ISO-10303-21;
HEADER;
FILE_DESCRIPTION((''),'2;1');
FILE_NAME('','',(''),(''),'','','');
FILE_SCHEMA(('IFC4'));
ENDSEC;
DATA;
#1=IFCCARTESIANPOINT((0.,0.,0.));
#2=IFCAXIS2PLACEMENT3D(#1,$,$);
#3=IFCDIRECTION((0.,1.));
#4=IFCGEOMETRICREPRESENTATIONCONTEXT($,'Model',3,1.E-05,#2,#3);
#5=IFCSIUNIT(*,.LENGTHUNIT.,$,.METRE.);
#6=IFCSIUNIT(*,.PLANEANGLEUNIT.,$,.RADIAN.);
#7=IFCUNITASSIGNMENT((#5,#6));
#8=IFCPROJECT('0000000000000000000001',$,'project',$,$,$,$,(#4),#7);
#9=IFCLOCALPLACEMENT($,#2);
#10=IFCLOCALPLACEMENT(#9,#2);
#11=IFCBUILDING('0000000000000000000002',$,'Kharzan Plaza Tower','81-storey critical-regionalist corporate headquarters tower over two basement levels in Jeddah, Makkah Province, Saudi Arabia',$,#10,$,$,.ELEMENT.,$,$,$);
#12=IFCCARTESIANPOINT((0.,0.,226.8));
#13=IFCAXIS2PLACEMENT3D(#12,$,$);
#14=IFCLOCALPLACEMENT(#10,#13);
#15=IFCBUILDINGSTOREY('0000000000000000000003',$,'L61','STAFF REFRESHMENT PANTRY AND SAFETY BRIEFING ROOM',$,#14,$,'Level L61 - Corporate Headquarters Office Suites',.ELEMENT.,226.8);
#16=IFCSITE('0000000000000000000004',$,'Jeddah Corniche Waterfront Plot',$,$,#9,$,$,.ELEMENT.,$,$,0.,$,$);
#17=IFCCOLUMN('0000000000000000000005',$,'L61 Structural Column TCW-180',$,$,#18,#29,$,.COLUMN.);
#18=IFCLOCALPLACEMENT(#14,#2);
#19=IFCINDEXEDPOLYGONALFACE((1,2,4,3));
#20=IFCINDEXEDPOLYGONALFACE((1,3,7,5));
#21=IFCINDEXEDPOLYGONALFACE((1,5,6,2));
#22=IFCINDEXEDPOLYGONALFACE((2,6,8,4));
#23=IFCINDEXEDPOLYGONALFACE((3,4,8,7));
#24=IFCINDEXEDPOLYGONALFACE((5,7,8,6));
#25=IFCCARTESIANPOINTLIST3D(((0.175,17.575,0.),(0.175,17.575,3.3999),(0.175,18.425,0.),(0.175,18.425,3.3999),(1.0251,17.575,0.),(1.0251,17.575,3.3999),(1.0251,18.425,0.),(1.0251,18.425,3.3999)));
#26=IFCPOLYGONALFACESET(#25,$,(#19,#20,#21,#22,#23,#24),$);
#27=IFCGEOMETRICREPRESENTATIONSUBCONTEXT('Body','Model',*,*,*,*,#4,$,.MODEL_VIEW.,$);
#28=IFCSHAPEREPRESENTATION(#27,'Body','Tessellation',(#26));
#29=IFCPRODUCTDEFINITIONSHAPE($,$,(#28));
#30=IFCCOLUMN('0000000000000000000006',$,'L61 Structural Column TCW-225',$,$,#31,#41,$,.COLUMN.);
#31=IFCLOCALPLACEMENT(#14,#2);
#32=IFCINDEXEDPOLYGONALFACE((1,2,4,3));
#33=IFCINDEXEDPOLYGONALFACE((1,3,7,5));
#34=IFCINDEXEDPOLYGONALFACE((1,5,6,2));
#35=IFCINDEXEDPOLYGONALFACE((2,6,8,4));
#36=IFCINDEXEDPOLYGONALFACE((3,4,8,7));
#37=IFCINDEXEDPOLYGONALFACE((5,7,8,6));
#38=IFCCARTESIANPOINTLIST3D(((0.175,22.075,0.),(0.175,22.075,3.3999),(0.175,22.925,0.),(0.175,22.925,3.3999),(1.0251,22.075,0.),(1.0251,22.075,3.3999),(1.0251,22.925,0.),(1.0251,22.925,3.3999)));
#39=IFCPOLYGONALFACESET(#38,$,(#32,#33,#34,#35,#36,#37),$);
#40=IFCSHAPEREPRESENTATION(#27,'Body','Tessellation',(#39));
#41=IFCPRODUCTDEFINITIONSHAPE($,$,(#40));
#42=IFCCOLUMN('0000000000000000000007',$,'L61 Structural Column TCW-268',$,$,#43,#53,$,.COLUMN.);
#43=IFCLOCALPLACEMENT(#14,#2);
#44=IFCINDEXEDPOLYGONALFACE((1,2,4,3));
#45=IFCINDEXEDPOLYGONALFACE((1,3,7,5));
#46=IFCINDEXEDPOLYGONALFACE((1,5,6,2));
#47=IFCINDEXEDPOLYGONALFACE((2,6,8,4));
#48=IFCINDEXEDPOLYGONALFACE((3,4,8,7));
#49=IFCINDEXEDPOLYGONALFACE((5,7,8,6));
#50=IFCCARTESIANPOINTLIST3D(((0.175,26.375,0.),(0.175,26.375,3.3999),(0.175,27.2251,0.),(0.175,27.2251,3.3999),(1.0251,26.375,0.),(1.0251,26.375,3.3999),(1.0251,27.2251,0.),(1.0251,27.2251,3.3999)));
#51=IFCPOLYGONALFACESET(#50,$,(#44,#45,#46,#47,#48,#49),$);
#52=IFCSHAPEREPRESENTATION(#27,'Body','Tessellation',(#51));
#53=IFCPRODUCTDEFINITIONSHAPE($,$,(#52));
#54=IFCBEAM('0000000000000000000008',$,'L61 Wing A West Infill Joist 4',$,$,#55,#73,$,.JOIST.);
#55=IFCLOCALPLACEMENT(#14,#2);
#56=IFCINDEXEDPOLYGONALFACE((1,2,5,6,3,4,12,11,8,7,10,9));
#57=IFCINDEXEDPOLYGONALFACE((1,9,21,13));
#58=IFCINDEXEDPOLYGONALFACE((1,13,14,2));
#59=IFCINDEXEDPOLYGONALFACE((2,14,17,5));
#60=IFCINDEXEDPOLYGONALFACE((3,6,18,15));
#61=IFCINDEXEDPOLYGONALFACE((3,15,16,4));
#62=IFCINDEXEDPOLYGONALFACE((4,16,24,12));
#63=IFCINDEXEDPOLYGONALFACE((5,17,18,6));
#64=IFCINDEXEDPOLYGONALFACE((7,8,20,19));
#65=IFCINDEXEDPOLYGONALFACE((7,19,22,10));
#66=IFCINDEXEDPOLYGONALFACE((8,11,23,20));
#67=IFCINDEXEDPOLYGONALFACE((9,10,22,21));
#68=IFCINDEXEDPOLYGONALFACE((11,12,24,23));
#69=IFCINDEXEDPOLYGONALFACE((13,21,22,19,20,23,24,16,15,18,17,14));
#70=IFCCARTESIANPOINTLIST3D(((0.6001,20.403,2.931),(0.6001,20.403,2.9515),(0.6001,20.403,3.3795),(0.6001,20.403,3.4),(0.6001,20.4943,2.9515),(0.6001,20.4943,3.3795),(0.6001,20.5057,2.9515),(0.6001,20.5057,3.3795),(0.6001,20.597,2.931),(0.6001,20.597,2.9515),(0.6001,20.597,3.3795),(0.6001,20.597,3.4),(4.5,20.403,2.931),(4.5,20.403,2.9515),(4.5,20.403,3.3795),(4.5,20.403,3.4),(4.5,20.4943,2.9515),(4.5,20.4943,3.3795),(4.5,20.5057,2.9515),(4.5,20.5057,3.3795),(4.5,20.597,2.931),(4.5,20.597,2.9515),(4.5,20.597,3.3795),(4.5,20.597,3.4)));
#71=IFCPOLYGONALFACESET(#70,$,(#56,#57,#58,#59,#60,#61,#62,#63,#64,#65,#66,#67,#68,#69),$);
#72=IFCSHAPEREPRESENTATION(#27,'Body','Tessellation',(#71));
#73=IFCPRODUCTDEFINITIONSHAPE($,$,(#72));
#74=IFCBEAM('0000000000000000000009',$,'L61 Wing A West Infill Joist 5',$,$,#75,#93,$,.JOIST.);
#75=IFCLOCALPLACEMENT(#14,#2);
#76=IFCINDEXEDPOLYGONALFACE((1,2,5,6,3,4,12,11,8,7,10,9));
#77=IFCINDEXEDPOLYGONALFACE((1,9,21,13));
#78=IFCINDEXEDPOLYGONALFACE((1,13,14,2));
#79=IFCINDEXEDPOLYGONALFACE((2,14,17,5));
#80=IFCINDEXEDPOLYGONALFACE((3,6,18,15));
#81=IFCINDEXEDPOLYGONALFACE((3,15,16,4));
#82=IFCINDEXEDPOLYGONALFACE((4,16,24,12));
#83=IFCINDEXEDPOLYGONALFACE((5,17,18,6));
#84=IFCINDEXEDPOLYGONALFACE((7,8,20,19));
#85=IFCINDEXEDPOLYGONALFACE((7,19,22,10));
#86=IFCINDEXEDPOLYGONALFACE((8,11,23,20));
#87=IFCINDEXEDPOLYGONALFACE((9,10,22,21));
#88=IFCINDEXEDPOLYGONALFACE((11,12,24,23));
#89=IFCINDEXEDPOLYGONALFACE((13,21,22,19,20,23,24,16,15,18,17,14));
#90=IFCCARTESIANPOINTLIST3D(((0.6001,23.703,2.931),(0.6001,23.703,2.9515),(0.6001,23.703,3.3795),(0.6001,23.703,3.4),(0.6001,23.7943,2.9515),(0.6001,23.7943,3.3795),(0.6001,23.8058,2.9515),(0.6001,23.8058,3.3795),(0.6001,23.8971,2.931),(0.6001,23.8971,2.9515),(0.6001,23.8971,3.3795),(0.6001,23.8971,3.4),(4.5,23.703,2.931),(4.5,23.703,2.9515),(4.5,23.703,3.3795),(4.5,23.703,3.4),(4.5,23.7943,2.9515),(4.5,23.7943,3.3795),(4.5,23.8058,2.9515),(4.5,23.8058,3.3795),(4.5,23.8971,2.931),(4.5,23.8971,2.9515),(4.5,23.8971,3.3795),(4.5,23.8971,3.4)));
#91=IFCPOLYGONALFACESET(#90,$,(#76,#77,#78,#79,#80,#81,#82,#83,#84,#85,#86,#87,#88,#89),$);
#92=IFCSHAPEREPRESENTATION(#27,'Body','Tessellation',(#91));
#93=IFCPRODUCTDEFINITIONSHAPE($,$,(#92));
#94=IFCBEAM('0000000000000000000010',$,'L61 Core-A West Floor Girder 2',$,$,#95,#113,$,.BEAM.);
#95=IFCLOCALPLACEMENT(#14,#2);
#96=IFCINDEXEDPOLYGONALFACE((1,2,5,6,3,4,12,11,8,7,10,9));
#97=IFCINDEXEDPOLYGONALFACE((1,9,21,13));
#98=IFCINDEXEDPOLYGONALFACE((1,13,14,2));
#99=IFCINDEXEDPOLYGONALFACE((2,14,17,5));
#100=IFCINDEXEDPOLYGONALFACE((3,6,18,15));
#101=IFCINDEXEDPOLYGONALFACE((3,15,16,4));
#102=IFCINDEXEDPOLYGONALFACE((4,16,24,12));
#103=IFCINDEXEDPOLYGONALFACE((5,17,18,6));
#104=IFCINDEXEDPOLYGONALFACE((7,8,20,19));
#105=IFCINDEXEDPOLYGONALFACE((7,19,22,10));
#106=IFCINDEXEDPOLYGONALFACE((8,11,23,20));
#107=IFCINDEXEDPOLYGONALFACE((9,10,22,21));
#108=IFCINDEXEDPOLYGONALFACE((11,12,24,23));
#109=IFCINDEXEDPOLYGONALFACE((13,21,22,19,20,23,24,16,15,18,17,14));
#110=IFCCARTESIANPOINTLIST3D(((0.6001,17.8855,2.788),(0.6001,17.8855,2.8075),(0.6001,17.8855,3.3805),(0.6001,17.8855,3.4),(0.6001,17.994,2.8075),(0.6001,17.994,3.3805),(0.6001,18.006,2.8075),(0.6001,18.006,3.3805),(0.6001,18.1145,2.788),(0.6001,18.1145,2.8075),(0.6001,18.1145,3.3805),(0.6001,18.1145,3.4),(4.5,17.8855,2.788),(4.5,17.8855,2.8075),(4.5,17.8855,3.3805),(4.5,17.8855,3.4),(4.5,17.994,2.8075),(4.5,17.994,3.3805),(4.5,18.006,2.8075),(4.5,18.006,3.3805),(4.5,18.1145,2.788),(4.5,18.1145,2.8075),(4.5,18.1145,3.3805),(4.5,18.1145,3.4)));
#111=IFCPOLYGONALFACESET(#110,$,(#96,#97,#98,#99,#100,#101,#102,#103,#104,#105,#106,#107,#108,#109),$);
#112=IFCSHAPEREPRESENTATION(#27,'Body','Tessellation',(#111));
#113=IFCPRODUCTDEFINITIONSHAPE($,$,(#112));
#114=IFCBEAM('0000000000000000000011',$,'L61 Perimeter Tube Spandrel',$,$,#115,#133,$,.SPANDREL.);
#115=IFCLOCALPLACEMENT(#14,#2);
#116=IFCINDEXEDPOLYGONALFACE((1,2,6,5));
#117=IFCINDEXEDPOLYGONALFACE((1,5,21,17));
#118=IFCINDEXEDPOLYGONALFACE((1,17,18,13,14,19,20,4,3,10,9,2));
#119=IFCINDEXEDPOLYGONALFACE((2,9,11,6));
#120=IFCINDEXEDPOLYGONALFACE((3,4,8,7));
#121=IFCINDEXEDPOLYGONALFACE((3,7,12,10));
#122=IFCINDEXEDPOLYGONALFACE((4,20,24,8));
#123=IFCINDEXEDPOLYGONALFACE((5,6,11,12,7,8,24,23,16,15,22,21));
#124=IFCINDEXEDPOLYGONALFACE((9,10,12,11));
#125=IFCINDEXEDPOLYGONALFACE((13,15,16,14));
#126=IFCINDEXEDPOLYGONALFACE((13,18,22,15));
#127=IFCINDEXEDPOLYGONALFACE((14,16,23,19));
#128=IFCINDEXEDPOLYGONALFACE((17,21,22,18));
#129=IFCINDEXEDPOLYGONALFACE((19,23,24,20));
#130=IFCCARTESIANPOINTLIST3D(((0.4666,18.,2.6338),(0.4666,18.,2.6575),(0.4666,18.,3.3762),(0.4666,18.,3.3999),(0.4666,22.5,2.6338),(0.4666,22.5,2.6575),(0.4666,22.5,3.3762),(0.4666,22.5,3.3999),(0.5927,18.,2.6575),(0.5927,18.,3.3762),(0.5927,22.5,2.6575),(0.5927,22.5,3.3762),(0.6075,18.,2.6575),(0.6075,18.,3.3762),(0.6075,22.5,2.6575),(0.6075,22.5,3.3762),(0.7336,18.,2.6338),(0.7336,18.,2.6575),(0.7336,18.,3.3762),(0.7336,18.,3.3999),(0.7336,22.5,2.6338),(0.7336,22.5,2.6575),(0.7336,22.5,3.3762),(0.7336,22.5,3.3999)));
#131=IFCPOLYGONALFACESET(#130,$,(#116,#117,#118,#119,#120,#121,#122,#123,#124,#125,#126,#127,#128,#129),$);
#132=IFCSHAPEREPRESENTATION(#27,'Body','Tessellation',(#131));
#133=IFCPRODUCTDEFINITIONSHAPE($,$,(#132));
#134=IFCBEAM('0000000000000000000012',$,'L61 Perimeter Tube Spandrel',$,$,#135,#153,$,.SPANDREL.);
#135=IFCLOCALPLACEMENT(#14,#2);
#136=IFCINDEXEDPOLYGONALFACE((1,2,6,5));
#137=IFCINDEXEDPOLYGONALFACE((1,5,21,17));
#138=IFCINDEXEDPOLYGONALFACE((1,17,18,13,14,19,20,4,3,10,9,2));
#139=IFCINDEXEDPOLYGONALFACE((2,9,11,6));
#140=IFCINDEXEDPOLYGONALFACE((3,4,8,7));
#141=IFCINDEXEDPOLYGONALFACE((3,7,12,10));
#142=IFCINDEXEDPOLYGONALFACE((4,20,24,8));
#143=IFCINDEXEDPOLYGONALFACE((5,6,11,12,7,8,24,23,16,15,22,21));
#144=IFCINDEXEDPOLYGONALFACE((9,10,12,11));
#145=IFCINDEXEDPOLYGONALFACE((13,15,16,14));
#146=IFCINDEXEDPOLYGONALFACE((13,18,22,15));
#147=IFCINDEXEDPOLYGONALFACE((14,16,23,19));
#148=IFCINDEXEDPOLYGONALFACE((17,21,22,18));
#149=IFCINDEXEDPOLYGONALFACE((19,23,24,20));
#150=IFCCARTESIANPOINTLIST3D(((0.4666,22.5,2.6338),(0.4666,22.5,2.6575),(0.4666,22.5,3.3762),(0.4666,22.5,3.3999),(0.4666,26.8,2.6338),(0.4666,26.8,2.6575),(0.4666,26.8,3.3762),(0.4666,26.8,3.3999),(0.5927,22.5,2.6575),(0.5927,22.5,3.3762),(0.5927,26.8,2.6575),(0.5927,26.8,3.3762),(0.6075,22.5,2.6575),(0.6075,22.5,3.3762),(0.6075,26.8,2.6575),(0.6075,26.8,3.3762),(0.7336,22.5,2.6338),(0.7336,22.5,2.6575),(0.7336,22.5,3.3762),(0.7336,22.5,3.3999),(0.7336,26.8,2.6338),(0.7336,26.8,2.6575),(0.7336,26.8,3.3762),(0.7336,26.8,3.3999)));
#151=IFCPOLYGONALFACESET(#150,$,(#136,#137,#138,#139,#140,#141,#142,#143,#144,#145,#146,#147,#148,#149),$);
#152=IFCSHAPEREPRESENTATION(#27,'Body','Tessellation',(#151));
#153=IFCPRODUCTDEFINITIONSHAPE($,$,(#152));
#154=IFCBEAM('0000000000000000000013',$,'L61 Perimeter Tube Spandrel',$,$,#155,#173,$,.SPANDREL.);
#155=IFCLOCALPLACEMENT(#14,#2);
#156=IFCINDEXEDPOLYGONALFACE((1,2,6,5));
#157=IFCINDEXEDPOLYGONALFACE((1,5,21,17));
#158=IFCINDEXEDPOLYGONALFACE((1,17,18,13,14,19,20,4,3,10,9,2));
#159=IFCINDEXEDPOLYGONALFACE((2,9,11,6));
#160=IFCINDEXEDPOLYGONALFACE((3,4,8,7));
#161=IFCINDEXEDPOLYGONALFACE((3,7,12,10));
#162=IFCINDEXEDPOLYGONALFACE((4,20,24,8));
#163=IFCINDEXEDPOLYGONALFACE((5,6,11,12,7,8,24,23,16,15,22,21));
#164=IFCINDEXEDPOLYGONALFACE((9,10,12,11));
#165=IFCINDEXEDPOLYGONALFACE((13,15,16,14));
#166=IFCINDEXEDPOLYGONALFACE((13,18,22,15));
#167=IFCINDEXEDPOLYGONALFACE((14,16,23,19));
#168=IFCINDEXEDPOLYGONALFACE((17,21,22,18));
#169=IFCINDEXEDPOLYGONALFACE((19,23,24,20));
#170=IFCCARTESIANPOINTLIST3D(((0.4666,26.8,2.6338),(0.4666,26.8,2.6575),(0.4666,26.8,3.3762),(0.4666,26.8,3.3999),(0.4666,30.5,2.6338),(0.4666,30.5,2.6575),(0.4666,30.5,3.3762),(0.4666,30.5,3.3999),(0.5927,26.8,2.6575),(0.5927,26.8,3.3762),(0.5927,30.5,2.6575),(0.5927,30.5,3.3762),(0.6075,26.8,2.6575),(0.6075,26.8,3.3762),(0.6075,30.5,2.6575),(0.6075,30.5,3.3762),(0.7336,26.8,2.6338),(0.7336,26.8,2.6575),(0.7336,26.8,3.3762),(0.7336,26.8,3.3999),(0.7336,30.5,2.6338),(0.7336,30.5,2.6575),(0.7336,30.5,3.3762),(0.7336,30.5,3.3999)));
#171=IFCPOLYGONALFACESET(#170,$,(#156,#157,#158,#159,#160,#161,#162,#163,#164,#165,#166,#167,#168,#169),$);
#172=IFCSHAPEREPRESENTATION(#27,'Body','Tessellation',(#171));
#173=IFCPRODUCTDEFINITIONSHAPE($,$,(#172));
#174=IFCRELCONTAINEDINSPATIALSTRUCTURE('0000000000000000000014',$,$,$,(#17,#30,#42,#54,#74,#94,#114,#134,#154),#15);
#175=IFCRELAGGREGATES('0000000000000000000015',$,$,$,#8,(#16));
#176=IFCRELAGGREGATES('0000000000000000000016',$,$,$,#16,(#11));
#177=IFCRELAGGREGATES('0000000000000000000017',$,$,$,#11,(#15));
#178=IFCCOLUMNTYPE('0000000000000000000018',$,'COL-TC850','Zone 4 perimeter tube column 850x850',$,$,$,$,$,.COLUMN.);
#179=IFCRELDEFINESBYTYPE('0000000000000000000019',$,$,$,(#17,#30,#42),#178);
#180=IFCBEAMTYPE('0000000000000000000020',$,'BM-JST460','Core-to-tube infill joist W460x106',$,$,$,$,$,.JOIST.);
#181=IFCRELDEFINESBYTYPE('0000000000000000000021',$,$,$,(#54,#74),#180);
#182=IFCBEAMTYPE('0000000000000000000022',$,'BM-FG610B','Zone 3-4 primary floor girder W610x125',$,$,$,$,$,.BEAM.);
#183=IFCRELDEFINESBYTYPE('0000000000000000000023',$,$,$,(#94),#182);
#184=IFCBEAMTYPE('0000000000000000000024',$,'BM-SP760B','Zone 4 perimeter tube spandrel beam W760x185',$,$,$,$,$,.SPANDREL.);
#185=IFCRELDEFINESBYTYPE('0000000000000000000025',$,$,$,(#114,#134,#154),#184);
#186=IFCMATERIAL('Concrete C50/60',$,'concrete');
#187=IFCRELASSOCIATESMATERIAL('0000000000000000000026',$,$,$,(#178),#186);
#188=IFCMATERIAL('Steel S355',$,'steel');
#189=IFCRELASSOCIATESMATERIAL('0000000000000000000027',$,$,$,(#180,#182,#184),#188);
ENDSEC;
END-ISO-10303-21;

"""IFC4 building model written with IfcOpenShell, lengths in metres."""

from ifc_helpers import new_model, si_unit, direction, frame, origin, origin_2d, place, context, subcontext, project, spatial, rectangle, i_section, extrude, source, transform, mapped, material, material_profile, profile_set, type_object, element, save


model = new_model("IFC4")

# Units and contexts
model_context = context("Model", 3, precision=1e-05, world=origin(), true_north=direction((0.0, 1.0)))
body_context = subcontext(model_context, "Body", "Model", "MODEL_VIEW")
ifc_project = project(units=[si_unit("LENGTHUNIT", "METRE"), si_unit("PLANEANGLEUNIT", "RADIAN")], contexts=[model_context])

# Site, building, storey
site_placement = place(None, origin())
site = spatial("IfcSite", under=ifc_project, at=site_placement, Name="Jeddah Corniche Waterfront Plot", CompositionType="ELEMENT", RefElevation=0.0)
building_placement = place(site_placement, origin())
building = spatial("IfcBuilding", under=site, at=building_placement, Name="Kharzan Plaza Tower", Description="81-storey critical-regionalist corporate headquarters tower over two basement levels in Jeddah, Makkah Province, Saudi Arabia", CompositionType="ELEMENT")
storey_placement = place(building_placement, frame((0.0, 0.0, 226.8)))
storey = spatial("IfcBuildingStorey", under=building, at=storey_placement, Name="L61", Description="STAFF REFRESHMENT PANTRY AND SAFETY BRIEFING ROOM", LongName="Level L61 - Corporate Headquarters Office Suites", CompositionType="ELEMENT", Elevation=226.8)

# Columns
ifc_material_1 = material(Name="Concrete C50/60", Category="concrete")
ifc_material_profile_1 = material_profile(ifc_material_1, rectangle(XDim=0.8501, YDim=0.8501, at=origin_2d()), Name="RC-TC850x850")
ifc_profile_set_1 = profile_set([ifc_material_profile_1], Name="Concrete C50/60")
column_type = type_object("IfcColumnType", Name="COL-TC850", Description="Zone 4 perimeter tube column 850x850", PredefinedType="COLUMN", material=ifc_profile_set_1)
shared_shape_1 = source(origin(), body_context, "Body", "SweptSolid", [
    extrude(rectangle(XDim=0.8501, YDim=0.8501, at=origin_2d()), origin(), (0.0, 0.0, 1.0), 3.3999),
])
for number, where, z_axis, x_axis, name in (
    (1, (0.6001, 18.0, 0.0), (0.0, 0.0, 1.0), (1.0, 0.0, 0.0), "L61 Structural Column TCW-180"),
    (2, (0.6001, 22.5, 0.0), (0.0, 0.0, 1.0), (1.0, 0.0, 0.0), "L61 Structural Column TCW-225"),
    (3, (0.6001, 26.8, 0.0), (0.0, 0.0, 1.0), (1.0, 0.0, 0.0), "L61 Structural Column TCW-268"),
):
    element("IfcColumn", number, at=place(storey_placement, frame(where, z_axis=z_axis, x_axis=x_axis)), inside=storey, type_object=column_type, Name=name, PredefinedType="COLUMN", context=body_context, shape_type="MappedRepresentation", body=[
        mapped(shared_shape_1, transform((0.0, 0.0, 0.0), x_axis=(1.0, 0.0, 0.0), y_axis=(0.0, 1.0, 0.0), z_axis=(0.0, 0.0, 1.0))),
    ])

# Beams
ifc_material_2 = material(Name="Steel S355", Category="steel")
ifc_material_profile_2 = material_profile(ifc_material_2, i_section(OverallWidth=0.1941, OverallDepth=0.469, WebThickness=0.0115, FlangeThickness=0.0205, at=origin_2d()), Name="W460x106")
ifc_profile_set_2 = profile_set([ifc_material_profile_2], Name="Steel S355")
beam_type_1 = type_object("IfcBeamType", Name="BM-JST460", Description="Core-to-tube infill joist W460x106", PredefinedType="JOIST", material=ifc_profile_set_2)
shared_shape_2 = source(origin(), body_context, "Body", "SweptSolid", [
    extrude(i_section(OverallWidth=0.1941, OverallDepth=0.469, WebThickness=0.0115, FlangeThickness=0.0205, at=origin_2d()), origin(), (0.0, 0.0, 1.0), 3.8999),
])
for number, where, z_axis, x_axis, name in (
    (4, (0.6001, 20.5, 3.1655), (1.0, 0.0, 0.0), (0.0, 1.0, 0.0), "L61 Wing A West Infill Joist 4"),
    (5, (0.6001, 23.8, 3.1655), (1.0, 0.0, 0.0), (0.0, 1.0, 0.0), "L61 Wing A West Infill Joist 5"),
):
    element("IfcBeam", number, at=place(storey_placement, frame(where, z_axis=z_axis, x_axis=x_axis)), inside=storey, type_object=beam_type_1, Name=name, PredefinedType="JOIST", context=body_context, shape_type="MappedRepresentation", body=[
        mapped(shared_shape_2, transform((0.0, 0.0, 0.0), x_axis=(1.0, 0.0, 0.0), y_axis=(0.0, 1.0, 0.0), z_axis=(0.0, 0.0, 1.0))),
    ])
ifc_material_profile_3 = material_profile(ifc_material_2, i_section(OverallWidth=0.229, OverallDepth=0.6121, WebThickness=0.012, FlangeThickness=0.0195, at=origin_2d()), Name="W610x125")
ifc_profile_set_3 = profile_set([ifc_material_profile_3], Name="Steel S355")
beam_type_2 = type_object("IfcBeamType", Name="BM-FG610B", Description="Zone 3-4 primary floor girder W610x125", PredefinedType="BEAM", material=ifc_profile_set_3)
shared_shape_3 = source(origin(), body_context, "Body", "SweptSolid", [
    extrude(i_section(OverallWidth=0.229, OverallDepth=0.6121, WebThickness=0.012, FlangeThickness=0.0195, at=origin_2d()), origin(), (0.0, 0.0, 1.0), 3.8999),
])
beam_1_placement = place(storey_placement, frame((0.6001, 18.0, 3.094), z_axis=(1.0, 0.0, 0.0), x_axis=(0.0, 1.0, 0.0)))
element("IfcBeam", 6, at=beam_1_placement, inside=storey, type_object=beam_type_2, Name="L61 Core-A West Floor Girder 2", PredefinedType="BEAM", context=body_context, shape_type="MappedRepresentation", body=[
    mapped(shared_shape_3, transform((0.0, 0.0, 0.0), x_axis=(1.0, 0.0, 0.0), y_axis=(0.0, 1.0, 0.0), z_axis=(0.0, 0.0, 1.0))),
])
ifc_material_profile_4 = material_profile(ifc_material_2, i_section(OverallWidth=0.2671, OverallDepth=0.7661, WebThickness=0.0149, FlangeThickness=0.0237, at=origin_2d()), Name="W760x185")
ifc_profile_set_4 = profile_set([ifc_material_profile_4], Name="Steel S355")
beam_type_3 = type_object("IfcBeamType", Name="BM-SP760B", Description="Zone 4 perimeter tube spandrel beam W760x185", PredefinedType="SPANDREL", material=ifc_profile_set_4)
shared_shape_4 = source(origin(), body_context, "Body", "SweptSolid", [
    extrude(i_section(OverallWidth=0.2671, OverallDepth=0.7661, WebThickness=0.0149, FlangeThickness=0.0237, at=origin_2d()), origin(), (0.0, 0.0, 1.0), 4.5),
])
beam_2_placement = place(storey_placement, frame((0.6001, 18.0, 3.0168), z_axis=(0.0, 1.0, 0.0), x_axis=(-1.0, 0.0, 0.0)))
element("IfcBeam", 7, at=beam_2_placement, inside=storey, type_object=beam_type_3, Name="L61 Perimeter Tube Spandrel", PredefinedType="SPANDREL", context=body_context, shape_type="MappedRepresentation", body=[
    mapped(shared_shape_4, transform((0.0, 0.0, 0.0), x_axis=(1.0, 0.0, 0.0), y_axis=(0.0, 1.0, 0.0), z_axis=(0.0, 0.0, 1.0))),
])
shared_shape_5 = source(origin(), body_context, "Body", "SweptSolid", [
    extrude(i_section(OverallWidth=0.2671, OverallDepth=0.7661, WebThickness=0.0149, FlangeThickness=0.0237, at=origin_2d()), origin(), (0.0, 0.0, 1.0), 4.3),
])
beam_3_placement = place(storey_placement, frame((0.6001, 22.5, 3.0168), z_axis=(0.0, 1.0, 0.0), x_axis=(-1.0, 0.0, 0.0)))
element("IfcBeam", 8, at=beam_3_placement, inside=storey, type_object=beam_type_3, Name="L61 Perimeter Tube Spandrel", PredefinedType="SPANDREL", context=body_context, shape_type="MappedRepresentation", body=[
    mapped(shared_shape_5, transform((0.0, 0.0, 0.0), x_axis=(1.0, 0.0, 0.0), y_axis=(0.0, 1.0, 0.0), z_axis=(0.0, 0.0, 1.0))),
])
shared_shape_6 = source(origin(), body_context, "Body", "SweptSolid", [
    extrude(i_section(OverallWidth=0.2671, OverallDepth=0.7661, WebThickness=0.0149, FlangeThickness=0.0237, at=origin_2d()), origin(), (0.0, 0.0, 1.0), 3.7),
])
beam_4_placement = place(storey_placement, frame((0.6001, 26.8, 3.0168), z_axis=(0.0, 1.0, 0.0), x_axis=(-1.0, 0.0, 0.0)))
element("IfcBeam", 9, at=beam_4_placement, inside=storey, type_object=beam_type_3, Name="L61 Perimeter Tube Spandrel", PredefinedType="SPANDREL", context=body_context, shape_type="MappedRepresentation", body=[
    mapped(shared_shape_6, transform((0.0, 0.0, 0.0), x_axis=(1.0, 0.0, 0.0), y_axis=(0.0, 1.0, 0.0), z_axis=(0.0, 0.0, 1.0))),
])

save(model, "model.ifc")
